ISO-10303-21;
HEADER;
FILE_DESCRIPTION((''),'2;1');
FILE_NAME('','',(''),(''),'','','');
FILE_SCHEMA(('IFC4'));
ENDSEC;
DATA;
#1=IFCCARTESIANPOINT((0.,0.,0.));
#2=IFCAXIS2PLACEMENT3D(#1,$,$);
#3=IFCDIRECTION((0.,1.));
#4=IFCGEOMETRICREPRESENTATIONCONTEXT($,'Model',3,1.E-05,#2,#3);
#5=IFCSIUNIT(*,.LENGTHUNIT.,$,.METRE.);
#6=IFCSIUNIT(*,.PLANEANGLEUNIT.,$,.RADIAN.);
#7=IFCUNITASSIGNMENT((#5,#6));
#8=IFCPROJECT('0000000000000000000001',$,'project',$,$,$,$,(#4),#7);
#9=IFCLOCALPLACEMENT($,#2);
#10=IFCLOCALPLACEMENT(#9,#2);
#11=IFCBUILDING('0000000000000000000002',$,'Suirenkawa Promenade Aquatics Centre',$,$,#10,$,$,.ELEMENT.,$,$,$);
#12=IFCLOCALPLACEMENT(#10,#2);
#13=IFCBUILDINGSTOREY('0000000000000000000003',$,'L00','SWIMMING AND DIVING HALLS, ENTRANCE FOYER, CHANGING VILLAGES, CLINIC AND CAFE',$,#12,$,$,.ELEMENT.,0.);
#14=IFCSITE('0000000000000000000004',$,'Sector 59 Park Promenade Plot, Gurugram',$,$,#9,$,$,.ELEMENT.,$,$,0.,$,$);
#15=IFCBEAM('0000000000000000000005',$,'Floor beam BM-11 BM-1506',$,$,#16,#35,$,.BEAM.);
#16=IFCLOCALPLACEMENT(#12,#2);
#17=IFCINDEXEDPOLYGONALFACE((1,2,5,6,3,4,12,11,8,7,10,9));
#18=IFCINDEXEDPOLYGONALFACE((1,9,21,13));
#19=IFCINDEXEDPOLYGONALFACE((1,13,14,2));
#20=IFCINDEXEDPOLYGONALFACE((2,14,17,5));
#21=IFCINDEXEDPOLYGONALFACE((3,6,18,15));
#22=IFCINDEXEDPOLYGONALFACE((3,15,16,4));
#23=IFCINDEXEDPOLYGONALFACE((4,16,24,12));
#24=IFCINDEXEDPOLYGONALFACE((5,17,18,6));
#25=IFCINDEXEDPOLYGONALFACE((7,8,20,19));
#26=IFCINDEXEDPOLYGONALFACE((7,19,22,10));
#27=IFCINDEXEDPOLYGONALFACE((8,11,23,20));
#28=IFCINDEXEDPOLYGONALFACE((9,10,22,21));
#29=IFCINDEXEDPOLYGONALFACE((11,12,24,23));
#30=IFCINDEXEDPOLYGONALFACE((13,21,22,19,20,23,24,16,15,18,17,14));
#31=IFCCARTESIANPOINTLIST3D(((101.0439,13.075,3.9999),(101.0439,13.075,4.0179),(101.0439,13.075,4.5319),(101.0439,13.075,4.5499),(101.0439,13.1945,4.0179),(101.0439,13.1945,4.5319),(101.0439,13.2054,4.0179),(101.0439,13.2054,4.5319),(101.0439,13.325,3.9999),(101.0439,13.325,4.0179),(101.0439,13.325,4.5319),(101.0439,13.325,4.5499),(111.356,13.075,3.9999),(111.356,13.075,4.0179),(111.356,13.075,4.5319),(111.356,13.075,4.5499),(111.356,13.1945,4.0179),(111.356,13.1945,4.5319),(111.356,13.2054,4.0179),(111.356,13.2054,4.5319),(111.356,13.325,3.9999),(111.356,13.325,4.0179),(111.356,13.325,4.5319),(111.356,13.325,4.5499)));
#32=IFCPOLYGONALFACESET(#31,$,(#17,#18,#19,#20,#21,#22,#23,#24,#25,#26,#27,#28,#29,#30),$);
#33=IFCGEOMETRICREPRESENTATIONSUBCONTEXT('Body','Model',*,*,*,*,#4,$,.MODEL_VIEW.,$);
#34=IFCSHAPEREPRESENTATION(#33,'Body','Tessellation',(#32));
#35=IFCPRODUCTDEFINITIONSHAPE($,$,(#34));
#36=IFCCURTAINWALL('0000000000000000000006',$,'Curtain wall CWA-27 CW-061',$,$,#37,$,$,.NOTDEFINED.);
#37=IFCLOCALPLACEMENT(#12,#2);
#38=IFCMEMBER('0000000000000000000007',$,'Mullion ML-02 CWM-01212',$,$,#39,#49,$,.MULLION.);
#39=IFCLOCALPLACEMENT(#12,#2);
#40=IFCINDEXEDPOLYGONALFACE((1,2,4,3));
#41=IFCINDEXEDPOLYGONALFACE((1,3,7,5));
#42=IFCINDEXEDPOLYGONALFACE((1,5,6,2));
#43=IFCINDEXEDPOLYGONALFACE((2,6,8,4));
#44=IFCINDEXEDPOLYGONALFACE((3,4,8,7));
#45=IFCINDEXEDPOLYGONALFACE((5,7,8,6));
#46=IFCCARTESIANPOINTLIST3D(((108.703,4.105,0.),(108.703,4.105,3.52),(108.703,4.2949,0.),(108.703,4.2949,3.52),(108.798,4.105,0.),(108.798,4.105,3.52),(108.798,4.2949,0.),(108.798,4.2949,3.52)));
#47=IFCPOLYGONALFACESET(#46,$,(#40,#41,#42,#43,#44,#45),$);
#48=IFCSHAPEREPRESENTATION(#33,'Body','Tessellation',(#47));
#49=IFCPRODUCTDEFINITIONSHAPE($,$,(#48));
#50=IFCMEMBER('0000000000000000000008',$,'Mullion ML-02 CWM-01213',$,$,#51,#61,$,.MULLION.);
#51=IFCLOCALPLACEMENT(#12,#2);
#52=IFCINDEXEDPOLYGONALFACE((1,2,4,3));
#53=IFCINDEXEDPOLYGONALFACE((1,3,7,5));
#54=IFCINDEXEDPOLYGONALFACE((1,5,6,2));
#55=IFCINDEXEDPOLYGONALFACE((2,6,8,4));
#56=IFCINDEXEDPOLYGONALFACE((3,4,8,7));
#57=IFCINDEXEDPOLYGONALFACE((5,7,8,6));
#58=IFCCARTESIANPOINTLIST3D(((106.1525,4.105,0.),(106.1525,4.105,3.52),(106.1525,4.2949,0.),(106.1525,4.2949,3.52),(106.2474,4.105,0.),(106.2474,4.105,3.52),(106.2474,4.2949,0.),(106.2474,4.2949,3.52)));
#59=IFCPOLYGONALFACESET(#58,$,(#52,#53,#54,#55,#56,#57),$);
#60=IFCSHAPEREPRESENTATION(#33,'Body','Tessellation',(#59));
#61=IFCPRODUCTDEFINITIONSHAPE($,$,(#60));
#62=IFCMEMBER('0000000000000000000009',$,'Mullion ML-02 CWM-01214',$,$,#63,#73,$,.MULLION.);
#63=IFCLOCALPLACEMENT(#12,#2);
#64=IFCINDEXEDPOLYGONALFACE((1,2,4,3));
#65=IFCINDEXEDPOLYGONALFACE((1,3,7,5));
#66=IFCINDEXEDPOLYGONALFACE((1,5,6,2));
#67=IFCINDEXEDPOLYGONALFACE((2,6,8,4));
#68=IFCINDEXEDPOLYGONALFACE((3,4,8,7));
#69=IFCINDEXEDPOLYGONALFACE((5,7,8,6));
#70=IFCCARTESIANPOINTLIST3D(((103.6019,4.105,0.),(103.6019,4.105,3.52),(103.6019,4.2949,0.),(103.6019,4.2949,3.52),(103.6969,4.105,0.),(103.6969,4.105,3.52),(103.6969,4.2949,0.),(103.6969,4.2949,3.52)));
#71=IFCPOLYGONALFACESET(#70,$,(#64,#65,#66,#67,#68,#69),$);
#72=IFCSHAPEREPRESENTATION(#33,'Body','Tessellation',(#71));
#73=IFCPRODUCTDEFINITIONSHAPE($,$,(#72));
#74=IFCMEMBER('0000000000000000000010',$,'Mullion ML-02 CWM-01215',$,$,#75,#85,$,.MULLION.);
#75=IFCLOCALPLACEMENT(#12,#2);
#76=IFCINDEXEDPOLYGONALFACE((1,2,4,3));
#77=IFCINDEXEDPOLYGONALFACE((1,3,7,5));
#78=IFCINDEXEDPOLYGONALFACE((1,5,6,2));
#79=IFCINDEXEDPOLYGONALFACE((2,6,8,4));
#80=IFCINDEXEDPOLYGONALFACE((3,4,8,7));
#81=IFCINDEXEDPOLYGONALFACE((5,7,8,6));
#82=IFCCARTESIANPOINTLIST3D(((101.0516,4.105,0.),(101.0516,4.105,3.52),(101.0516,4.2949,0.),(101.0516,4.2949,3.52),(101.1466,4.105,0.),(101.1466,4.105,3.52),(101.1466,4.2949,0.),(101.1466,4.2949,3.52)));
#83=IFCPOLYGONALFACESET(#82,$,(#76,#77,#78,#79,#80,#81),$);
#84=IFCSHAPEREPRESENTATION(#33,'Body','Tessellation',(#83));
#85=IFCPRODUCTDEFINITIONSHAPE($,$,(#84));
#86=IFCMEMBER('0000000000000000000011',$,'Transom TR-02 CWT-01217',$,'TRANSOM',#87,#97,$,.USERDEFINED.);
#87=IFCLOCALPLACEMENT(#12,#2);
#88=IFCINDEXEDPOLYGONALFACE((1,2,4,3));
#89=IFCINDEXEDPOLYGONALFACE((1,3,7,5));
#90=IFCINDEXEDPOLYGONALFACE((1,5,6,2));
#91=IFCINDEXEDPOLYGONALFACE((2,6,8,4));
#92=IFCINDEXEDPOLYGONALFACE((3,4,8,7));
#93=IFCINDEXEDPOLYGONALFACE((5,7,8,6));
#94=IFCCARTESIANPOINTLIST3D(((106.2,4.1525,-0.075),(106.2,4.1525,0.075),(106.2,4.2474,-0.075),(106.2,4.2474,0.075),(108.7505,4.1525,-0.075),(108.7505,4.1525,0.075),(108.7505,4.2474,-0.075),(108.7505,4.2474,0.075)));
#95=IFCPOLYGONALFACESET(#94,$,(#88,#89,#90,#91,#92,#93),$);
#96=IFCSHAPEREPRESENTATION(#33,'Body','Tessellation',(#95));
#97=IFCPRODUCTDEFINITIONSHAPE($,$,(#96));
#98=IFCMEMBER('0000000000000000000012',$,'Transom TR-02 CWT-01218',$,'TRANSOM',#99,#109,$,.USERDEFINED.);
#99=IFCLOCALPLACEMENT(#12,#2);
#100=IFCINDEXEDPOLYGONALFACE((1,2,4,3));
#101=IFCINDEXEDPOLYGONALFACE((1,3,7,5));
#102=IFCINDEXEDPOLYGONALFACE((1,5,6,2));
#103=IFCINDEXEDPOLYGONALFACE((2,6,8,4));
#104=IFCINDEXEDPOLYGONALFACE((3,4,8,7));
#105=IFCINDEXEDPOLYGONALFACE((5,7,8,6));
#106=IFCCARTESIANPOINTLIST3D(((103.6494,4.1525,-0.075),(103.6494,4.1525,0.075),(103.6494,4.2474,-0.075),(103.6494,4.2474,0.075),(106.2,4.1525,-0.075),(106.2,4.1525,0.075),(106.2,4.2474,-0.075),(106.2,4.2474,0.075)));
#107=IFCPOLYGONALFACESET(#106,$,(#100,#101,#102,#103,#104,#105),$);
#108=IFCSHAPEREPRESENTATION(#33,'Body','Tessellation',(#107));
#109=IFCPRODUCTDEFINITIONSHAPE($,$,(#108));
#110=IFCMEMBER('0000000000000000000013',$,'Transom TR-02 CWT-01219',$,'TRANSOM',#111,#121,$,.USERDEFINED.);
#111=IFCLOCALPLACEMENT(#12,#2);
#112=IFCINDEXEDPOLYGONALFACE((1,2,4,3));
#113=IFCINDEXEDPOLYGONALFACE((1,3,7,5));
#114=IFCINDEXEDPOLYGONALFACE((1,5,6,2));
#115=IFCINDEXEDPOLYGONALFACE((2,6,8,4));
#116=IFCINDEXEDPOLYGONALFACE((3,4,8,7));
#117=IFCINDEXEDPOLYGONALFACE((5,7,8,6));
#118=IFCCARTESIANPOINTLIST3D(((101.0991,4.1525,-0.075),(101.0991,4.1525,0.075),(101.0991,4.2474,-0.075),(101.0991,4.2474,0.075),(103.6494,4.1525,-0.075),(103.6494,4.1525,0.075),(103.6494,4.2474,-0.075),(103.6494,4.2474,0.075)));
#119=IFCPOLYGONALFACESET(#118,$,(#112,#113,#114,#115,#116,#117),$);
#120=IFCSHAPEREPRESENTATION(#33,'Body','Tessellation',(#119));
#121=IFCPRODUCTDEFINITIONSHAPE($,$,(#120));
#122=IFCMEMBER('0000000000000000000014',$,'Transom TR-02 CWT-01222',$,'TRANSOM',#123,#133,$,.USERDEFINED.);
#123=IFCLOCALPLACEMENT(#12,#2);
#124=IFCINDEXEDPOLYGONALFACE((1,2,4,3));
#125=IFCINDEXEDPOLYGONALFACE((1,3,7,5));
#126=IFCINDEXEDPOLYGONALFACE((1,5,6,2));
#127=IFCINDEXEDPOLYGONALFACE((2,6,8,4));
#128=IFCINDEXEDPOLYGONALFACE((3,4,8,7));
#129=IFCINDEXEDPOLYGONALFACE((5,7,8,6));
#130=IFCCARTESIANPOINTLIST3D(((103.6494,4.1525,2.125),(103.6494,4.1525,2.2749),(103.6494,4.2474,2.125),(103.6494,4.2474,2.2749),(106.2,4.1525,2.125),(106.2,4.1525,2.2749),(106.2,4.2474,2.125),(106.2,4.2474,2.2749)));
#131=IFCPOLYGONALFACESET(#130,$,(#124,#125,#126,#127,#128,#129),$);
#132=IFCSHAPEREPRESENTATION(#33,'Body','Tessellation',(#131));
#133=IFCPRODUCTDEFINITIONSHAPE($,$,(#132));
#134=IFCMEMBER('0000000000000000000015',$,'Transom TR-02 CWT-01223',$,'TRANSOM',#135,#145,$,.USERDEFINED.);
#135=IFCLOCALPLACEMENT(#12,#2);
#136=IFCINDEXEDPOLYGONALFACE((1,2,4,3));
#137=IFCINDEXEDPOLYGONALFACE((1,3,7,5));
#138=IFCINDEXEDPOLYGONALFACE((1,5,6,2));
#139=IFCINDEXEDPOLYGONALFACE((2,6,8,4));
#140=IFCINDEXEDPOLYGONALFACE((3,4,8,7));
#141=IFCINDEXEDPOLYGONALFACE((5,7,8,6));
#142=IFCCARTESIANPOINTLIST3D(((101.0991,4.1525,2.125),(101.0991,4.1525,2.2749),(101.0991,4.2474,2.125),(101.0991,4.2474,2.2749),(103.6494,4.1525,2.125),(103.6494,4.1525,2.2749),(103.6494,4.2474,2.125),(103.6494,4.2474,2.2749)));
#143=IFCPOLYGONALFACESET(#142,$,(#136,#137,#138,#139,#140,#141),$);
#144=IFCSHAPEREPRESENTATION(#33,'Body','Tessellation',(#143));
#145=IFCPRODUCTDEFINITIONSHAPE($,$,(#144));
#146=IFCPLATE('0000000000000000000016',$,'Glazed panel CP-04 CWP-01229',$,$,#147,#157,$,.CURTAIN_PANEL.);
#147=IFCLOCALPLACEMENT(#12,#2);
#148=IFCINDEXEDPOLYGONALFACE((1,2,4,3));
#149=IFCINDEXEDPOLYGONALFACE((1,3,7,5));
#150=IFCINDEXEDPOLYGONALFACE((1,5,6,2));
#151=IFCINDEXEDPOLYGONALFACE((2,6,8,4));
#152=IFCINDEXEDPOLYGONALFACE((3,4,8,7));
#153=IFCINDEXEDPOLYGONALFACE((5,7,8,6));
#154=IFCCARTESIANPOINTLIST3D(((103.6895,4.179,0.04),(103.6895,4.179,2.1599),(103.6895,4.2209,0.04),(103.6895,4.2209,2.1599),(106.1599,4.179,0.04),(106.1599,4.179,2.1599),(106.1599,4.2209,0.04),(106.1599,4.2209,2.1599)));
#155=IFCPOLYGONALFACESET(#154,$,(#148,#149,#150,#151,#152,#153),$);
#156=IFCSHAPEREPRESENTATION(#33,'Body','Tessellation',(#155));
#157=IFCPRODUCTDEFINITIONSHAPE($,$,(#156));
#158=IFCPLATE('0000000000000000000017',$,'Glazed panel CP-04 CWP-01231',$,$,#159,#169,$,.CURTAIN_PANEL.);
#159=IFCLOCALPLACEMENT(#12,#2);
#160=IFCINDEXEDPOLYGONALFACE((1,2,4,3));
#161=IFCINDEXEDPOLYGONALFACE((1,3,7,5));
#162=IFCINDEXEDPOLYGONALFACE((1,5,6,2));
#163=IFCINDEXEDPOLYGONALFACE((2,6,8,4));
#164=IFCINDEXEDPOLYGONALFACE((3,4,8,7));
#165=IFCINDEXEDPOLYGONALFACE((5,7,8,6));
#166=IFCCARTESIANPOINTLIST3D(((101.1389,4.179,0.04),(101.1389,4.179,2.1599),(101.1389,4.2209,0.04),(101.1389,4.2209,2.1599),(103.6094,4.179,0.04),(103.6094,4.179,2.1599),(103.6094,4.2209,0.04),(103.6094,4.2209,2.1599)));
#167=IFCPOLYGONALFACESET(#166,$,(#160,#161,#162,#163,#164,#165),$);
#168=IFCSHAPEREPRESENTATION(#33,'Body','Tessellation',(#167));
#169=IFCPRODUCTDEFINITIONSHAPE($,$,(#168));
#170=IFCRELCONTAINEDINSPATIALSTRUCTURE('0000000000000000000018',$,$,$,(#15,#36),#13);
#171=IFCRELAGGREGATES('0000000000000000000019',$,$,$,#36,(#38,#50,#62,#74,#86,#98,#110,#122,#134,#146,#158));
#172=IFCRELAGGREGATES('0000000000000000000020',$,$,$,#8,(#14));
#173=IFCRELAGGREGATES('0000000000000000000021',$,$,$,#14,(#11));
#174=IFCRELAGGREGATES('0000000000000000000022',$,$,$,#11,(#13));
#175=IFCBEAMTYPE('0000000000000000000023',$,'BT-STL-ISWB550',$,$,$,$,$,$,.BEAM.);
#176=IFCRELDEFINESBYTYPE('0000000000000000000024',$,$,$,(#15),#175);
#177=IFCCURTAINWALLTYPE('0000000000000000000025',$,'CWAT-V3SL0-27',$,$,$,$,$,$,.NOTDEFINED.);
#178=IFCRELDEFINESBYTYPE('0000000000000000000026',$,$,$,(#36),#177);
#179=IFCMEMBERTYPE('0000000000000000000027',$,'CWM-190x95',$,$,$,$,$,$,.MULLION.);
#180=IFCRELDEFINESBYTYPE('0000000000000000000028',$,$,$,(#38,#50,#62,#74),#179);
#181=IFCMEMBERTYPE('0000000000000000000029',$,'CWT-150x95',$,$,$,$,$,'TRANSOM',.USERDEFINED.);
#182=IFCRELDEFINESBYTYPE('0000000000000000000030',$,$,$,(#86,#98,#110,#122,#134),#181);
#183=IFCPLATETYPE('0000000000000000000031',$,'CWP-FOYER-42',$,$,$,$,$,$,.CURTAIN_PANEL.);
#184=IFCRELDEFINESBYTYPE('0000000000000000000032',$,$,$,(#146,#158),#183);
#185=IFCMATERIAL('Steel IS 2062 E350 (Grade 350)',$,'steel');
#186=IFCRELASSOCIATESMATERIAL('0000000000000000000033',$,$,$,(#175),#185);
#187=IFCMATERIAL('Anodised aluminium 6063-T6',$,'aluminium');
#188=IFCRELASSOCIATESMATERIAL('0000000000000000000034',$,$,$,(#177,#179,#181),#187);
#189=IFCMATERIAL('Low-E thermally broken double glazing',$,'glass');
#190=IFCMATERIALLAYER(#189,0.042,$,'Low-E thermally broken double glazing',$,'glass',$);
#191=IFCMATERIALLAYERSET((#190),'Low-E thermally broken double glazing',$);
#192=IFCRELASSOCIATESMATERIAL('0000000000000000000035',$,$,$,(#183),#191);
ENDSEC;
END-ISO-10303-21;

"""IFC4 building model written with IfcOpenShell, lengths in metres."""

from ifc_helpers import new_model, si_unit, direction, frame, origin, origin_2d, place, context, subcontext, project, spatial, polyline, rectangle, i_section, outline, extrude, material, layer, layer_set, material_profile, profile_set, type_object, element, aggregate, save


model = new_model("IFC4")

# Units and contexts
model_context = context("Model", 3, precision=1e-05, world=origin(), true_north=direction((0.0, 1.0)))
body_context = subcontext(model_context, "Body", "Model", "MODEL_VIEW")
ifc_project = project(units=[si_unit("LENGTHUNIT", "METRE"), si_unit("PLANEANGLEUNIT", "RADIAN")], contexts=[model_context])

# Site, building, storey
site_placement = place(None, origin())
site = spatial("IfcSite", under=ifc_project, at=site_placement, Name="Sector 59 Park Promenade Plot, Gurugram", CompositionType="ELEMENT", RefElevation=0.0)
building_placement = place(site_placement, origin())
building = spatial("IfcBuilding", under=site, at=building_placement, Name="Suirenkawa Promenade Aquatics Centre", CompositionType="ELEMENT")
storey_placement = place(building_placement, origin())
storey = spatial("IfcBuildingStorey", under=building, at=storey_placement, Name="L00", Description="SWIMMING AND DIVING HALLS, ENTRANCE FOYER, CHANGING VILLAGES, CLINIC AND CAFE", CompositionType="ELEMENT", Elevation=0.0)

# Beam
ifc_material_1 = material(Name="Steel IS 2062 E350 (Grade 350)", Category="steel")
ifc_material_profile_1 = material_profile(ifc_material_1, i_section(OverallWidth=0.25, OverallDepth=0.55, WebThickness=0.011, FlangeThickness=0.0181, at=origin_2d()), Name="ISWB 550", Category="steel")
ifc_profile_set_1 = profile_set([ifc_material_profile_1], Name="Steel IS 2062 E350 (Grade 350)")
beam_type_1 = type_object("IfcBeamType", Name="BT-STL-ISWB550", PredefinedType="BEAM", material=ifc_profile_set_1)
beam_1_placement = place(storey_placement, frame((101.0439, 13.2, 4.2749), z_axis=(1.0, 0.0, 0.0), x_axis=(0.0, 1.0, 0.0)))
element("IfcBeam", 1, at=beam_1_placement, inside=storey, type_object=beam_type_1, Name="Floor beam BM-11 BM-1506", PredefinedType="BEAM", context=body_context, shape_type="SweptSolid", body=[
    extrude(i_section(OverallWidth=0.25, OverallDepth=0.55, WebThickness=0.011, FlangeThickness=0.0181, at=origin_2d()), origin(), (0.0, 0.0, 1.0), 10.312),
])

# Curtain wall, members, plates
ifc_material_2 = material(Name="Anodised aluminium 6063-T6", Category="aluminium")
curtain_wall_type = type_object("IfcCurtainWallType", Name="CWAT-V3SL0-27", PredefinedType="NOTDEFINED", material=ifc_material_2)
curtain_wall_placement = place(storey_placement, origin())
curtain_wall = element("IfcCurtainWall", 2, at=curtain_wall_placement, inside=storey, type_object=curtain_wall_type, Name="Curtain wall CWA-27 CW-061", PredefinedType="NOTDEFINED")
ifc_material_profile_2 = material_profile(ifc_material_2, rectangle(XDim=0.095, YDim=0.1899, at=origin_2d()), Name="ALU MULL 95x190", Category="aluminium")
ifc_profile_set_2 = profile_set([ifc_material_profile_2], Name="Anodised aluminium 6063-T6")
member_type_1 = type_object("IfcMemberType", Name="CWM-190x95", PredefinedType="MULLION", material=ifc_profile_set_2)
member_1_placement = place(storey_placement, frame((108.7505, 4.2, 0.0), z_axis=(0.0, 0.0, 1.0), x_axis=(-1.0, 0.0, 0.0)))
member_1 = element("IfcMember", 3, at=member_1_placement, type_object=member_type_1, Name="Mullion ML-02 CWM-01212", PredefinedType="MULLION", context=body_context, shape_type="SweptSolid", body=[
    extrude(rectangle(XDim=0.095, YDim=0.1899, at=origin_2d()), origin(), (0.0, 0.0, 1.0), 3.52),
])
member_2_placement = place(storey_placement, frame((106.2, 4.2, 0.0), z_axis=(0.0, 0.0, 1.0), x_axis=(-1.0, 0.0, 0.0)))
member_2 = element("IfcMember", 4, at=member_2_placement, type_object=member_type_1, Name="Mullion ML-02 CWM-01213", PredefinedType="MULLION", context=body_context, shape_type="SweptSolid", body=[
    extrude(rectangle(XDim=0.095, YDim=0.1899, at=origin_2d()), origin(), (0.0, 0.0, 1.0), 3.52),
])
member_3_placement = place(storey_placement, frame((103.6494, 4.2, 0.0), z_axis=(0.0, 0.0, 1.0), x_axis=(-1.0, 0.0, 0.0)))
member_3 = element("IfcMember", 5, at=member_3_placement, type_object=member_type_1, Name="Mullion ML-02 CWM-01214", PredefinedType="MULLION", context=body_context, shape_type="SweptSolid", body=[
    extrude(rectangle(XDim=0.095, YDim=0.1899, at=origin_2d()), origin(), (0.0, 0.0, 1.0), 3.52),
])
member_4_placement = place(storey_placement, frame((101.0991, 4.2, 0.0), z_axis=(0.0, 0.0, 1.0), x_axis=(-1.0, 0.0, 0.0)))
member_4 = element("IfcMember", 6, at=member_4_placement, type_object=member_type_1, Name="Mullion ML-02 CWM-01215", PredefinedType="MULLION", context=body_context, shape_type="SweptSolid", body=[
    extrude(rectangle(XDim=0.095, YDim=0.1899, at=origin_2d()), origin(), (0.0, 0.0, 1.0), 3.52),
])
ifc_material_profile_3 = material_profile(ifc_material_2, rectangle(XDim=0.095, YDim=0.1499, at=origin_2d()), Name="ALU TRAN 95x150", Category="aluminium")
ifc_profile_set_3 = profile_set([ifc_material_profile_3], Name="Anodised aluminium 6063-T6")
member_type_2 = type_object("IfcMemberType", Name="CWT-150x95", ElementType="TRANSOM", PredefinedType="USERDEFINED", material=ifc_profile_set_3)
member_5_placement = place(storey_placement, frame((108.7505, 4.2, 0.0), z_axis=(-1.0, 0.0, 0.0), x_axis=(0.0, -1.0, 0.0)))
member_5 = element("IfcMember", 7, at=member_5_placement, type_object=member_type_2, Name="Transom TR-02 CWT-01217", ObjectType="TRANSOM", PredefinedType="USERDEFINED", context=body_context, shape_type="SweptSolid", body=[
    extrude(rectangle(XDim=0.095, YDim=0.1499, at=origin_2d()), origin(), (0.0, 0.0, 1.0), 2.5505),
])
member_6_placement = place(storey_placement, frame((106.2, 4.2, 0.0), z_axis=(-1.0, 0.0, 0.0), x_axis=(0.0, -1.0, 0.0)))
member_6 = element("IfcMember", 8, at=member_6_placement, type_object=member_type_2, Name="Transom TR-02 CWT-01218", ObjectType="TRANSOM", PredefinedType="USERDEFINED", context=body_context, shape_type="SweptSolid", body=[
    extrude(rectangle(XDim=0.095, YDim=0.1499, at=origin_2d()), origin(), (0.0, 0.0, 1.0), 2.5505),
])
member_7_placement = place(storey_placement, frame((103.6494, 4.2, 0.0), z_axis=(-1.0, 0.0, 0.0), x_axis=(0.0, -1.0, 0.0)))
member_7 = element("IfcMember", 9, at=member_7_placement, type_object=member_type_2, Name="Transom TR-02 CWT-01219", ObjectType="TRANSOM", PredefinedType="USERDEFINED", context=body_context, shape_type="SweptSolid", body=[
    extrude(rectangle(XDim=0.095, YDim=0.1499, at=origin_2d()), origin(), (0.0, 0.0, 1.0), 2.5503),
])
member_8_placement = place(storey_placement, frame((106.2, 4.2, 2.2), z_axis=(-1.0, 0.0, 0.0), x_axis=(0.0, -1.0, 0.0)))
member_8 = element("IfcMember", 10, at=member_8_placement, type_object=member_type_2, Name="Transom TR-02 CWT-01222", ObjectType="TRANSOM", PredefinedType="USERDEFINED", context=body_context, shape_type="SweptSolid", body=[
    extrude(rectangle(XDim=0.095, YDim=0.1499, at=origin_2d()), origin(), (0.0, 0.0, 1.0), 2.5505),
])
member_9_placement = place(storey_placement, frame((103.6494, 4.2, 2.2), z_axis=(-1.0, 0.0, 0.0), x_axis=(0.0, -1.0, 0.0)))
member_9 = element("IfcMember", 11, at=member_9_placement, type_object=member_type_2, Name="Transom TR-02 CWT-01223", ObjectType="TRANSOM", PredefinedType="USERDEFINED", context=body_context, shape_type="SweptSolid", body=[
    extrude(rectangle(XDim=0.095, YDim=0.1499, at=origin_2d()), origin(), (0.0, 0.0, 1.0), 2.5503),
])
ifc_material_3 = material(Name="Low-E thermally broken double glazing", Category="glass")
ifc_layer_1 = layer(ifc_material_3, 0.042, Name="Low-E thermally broken double glazing", Category="glass")
ifc_layer_set_1 = layer_set([ifc_layer_1], Name="Low-E thermally broken double glazing")
plate_type = type_object("IfcPlateType", Name="CWP-FOYER-42", PredefinedType="CURTAIN_PANEL", material=ifc_layer_set_1)
plate_1_placement = place(storey_placement, frame((106.2, 4.2, 0.04), z_axis=(0.0, 0.0, 1.0), x_axis=(-1.0, 0.0, 0.0)))
plate_1 = element("IfcPlate", 12, at=plate_1_placement, type_object=plate_type, Name="Glazed panel CP-04 CWP-01229", PredefinedType="CURTAIN_PANEL", context=body_context, shape_type="SweptSolid", body=[
    extrude(outline(polyline([(0.04, 0.0), (2.5105, 0.0), (2.5105, 2.1199), (0.04, 2.1199), (0.04, 0.0)])), frame((0.0, 0.021, 0.0), z_axis=(0.0, -1.0, 0.0), x_axis=(1.0, 0.0, 0.0)), (0.0, 0.0, 1.0), 0.042),
])
plate_2_placement = place(storey_placement, frame((103.6494, 4.2, 0.04), z_axis=(0.0, 0.0, 1.0), x_axis=(-1.0, 0.0, 0.0)))
plate_2 = element("IfcPlate", 13, at=plate_2_placement, type_object=plate_type, Name="Glazed panel CP-04 CWP-01231", PredefinedType="CURTAIN_PANEL", context=body_context, shape_type="SweptSolid", body=[
    extrude(outline(polyline([(0.04, 0.0), (2.5105, 0.0), (2.5105, 2.1199), (0.04, 2.1199), (0.04, 0.0)])), frame((0.0, 0.021, 0.0), z_axis=(0.0, -1.0, 0.0), x_axis=(1.0, 0.0, 0.0)), (0.0, 0.0, 1.0), 0.042),
])
aggregate(curtain_wall, [member_1, member_2, member_3, member_4, member_5, member_6, member_7, member_8, member_9, plate_1, plate_2])

save(model, "model.ifc")
